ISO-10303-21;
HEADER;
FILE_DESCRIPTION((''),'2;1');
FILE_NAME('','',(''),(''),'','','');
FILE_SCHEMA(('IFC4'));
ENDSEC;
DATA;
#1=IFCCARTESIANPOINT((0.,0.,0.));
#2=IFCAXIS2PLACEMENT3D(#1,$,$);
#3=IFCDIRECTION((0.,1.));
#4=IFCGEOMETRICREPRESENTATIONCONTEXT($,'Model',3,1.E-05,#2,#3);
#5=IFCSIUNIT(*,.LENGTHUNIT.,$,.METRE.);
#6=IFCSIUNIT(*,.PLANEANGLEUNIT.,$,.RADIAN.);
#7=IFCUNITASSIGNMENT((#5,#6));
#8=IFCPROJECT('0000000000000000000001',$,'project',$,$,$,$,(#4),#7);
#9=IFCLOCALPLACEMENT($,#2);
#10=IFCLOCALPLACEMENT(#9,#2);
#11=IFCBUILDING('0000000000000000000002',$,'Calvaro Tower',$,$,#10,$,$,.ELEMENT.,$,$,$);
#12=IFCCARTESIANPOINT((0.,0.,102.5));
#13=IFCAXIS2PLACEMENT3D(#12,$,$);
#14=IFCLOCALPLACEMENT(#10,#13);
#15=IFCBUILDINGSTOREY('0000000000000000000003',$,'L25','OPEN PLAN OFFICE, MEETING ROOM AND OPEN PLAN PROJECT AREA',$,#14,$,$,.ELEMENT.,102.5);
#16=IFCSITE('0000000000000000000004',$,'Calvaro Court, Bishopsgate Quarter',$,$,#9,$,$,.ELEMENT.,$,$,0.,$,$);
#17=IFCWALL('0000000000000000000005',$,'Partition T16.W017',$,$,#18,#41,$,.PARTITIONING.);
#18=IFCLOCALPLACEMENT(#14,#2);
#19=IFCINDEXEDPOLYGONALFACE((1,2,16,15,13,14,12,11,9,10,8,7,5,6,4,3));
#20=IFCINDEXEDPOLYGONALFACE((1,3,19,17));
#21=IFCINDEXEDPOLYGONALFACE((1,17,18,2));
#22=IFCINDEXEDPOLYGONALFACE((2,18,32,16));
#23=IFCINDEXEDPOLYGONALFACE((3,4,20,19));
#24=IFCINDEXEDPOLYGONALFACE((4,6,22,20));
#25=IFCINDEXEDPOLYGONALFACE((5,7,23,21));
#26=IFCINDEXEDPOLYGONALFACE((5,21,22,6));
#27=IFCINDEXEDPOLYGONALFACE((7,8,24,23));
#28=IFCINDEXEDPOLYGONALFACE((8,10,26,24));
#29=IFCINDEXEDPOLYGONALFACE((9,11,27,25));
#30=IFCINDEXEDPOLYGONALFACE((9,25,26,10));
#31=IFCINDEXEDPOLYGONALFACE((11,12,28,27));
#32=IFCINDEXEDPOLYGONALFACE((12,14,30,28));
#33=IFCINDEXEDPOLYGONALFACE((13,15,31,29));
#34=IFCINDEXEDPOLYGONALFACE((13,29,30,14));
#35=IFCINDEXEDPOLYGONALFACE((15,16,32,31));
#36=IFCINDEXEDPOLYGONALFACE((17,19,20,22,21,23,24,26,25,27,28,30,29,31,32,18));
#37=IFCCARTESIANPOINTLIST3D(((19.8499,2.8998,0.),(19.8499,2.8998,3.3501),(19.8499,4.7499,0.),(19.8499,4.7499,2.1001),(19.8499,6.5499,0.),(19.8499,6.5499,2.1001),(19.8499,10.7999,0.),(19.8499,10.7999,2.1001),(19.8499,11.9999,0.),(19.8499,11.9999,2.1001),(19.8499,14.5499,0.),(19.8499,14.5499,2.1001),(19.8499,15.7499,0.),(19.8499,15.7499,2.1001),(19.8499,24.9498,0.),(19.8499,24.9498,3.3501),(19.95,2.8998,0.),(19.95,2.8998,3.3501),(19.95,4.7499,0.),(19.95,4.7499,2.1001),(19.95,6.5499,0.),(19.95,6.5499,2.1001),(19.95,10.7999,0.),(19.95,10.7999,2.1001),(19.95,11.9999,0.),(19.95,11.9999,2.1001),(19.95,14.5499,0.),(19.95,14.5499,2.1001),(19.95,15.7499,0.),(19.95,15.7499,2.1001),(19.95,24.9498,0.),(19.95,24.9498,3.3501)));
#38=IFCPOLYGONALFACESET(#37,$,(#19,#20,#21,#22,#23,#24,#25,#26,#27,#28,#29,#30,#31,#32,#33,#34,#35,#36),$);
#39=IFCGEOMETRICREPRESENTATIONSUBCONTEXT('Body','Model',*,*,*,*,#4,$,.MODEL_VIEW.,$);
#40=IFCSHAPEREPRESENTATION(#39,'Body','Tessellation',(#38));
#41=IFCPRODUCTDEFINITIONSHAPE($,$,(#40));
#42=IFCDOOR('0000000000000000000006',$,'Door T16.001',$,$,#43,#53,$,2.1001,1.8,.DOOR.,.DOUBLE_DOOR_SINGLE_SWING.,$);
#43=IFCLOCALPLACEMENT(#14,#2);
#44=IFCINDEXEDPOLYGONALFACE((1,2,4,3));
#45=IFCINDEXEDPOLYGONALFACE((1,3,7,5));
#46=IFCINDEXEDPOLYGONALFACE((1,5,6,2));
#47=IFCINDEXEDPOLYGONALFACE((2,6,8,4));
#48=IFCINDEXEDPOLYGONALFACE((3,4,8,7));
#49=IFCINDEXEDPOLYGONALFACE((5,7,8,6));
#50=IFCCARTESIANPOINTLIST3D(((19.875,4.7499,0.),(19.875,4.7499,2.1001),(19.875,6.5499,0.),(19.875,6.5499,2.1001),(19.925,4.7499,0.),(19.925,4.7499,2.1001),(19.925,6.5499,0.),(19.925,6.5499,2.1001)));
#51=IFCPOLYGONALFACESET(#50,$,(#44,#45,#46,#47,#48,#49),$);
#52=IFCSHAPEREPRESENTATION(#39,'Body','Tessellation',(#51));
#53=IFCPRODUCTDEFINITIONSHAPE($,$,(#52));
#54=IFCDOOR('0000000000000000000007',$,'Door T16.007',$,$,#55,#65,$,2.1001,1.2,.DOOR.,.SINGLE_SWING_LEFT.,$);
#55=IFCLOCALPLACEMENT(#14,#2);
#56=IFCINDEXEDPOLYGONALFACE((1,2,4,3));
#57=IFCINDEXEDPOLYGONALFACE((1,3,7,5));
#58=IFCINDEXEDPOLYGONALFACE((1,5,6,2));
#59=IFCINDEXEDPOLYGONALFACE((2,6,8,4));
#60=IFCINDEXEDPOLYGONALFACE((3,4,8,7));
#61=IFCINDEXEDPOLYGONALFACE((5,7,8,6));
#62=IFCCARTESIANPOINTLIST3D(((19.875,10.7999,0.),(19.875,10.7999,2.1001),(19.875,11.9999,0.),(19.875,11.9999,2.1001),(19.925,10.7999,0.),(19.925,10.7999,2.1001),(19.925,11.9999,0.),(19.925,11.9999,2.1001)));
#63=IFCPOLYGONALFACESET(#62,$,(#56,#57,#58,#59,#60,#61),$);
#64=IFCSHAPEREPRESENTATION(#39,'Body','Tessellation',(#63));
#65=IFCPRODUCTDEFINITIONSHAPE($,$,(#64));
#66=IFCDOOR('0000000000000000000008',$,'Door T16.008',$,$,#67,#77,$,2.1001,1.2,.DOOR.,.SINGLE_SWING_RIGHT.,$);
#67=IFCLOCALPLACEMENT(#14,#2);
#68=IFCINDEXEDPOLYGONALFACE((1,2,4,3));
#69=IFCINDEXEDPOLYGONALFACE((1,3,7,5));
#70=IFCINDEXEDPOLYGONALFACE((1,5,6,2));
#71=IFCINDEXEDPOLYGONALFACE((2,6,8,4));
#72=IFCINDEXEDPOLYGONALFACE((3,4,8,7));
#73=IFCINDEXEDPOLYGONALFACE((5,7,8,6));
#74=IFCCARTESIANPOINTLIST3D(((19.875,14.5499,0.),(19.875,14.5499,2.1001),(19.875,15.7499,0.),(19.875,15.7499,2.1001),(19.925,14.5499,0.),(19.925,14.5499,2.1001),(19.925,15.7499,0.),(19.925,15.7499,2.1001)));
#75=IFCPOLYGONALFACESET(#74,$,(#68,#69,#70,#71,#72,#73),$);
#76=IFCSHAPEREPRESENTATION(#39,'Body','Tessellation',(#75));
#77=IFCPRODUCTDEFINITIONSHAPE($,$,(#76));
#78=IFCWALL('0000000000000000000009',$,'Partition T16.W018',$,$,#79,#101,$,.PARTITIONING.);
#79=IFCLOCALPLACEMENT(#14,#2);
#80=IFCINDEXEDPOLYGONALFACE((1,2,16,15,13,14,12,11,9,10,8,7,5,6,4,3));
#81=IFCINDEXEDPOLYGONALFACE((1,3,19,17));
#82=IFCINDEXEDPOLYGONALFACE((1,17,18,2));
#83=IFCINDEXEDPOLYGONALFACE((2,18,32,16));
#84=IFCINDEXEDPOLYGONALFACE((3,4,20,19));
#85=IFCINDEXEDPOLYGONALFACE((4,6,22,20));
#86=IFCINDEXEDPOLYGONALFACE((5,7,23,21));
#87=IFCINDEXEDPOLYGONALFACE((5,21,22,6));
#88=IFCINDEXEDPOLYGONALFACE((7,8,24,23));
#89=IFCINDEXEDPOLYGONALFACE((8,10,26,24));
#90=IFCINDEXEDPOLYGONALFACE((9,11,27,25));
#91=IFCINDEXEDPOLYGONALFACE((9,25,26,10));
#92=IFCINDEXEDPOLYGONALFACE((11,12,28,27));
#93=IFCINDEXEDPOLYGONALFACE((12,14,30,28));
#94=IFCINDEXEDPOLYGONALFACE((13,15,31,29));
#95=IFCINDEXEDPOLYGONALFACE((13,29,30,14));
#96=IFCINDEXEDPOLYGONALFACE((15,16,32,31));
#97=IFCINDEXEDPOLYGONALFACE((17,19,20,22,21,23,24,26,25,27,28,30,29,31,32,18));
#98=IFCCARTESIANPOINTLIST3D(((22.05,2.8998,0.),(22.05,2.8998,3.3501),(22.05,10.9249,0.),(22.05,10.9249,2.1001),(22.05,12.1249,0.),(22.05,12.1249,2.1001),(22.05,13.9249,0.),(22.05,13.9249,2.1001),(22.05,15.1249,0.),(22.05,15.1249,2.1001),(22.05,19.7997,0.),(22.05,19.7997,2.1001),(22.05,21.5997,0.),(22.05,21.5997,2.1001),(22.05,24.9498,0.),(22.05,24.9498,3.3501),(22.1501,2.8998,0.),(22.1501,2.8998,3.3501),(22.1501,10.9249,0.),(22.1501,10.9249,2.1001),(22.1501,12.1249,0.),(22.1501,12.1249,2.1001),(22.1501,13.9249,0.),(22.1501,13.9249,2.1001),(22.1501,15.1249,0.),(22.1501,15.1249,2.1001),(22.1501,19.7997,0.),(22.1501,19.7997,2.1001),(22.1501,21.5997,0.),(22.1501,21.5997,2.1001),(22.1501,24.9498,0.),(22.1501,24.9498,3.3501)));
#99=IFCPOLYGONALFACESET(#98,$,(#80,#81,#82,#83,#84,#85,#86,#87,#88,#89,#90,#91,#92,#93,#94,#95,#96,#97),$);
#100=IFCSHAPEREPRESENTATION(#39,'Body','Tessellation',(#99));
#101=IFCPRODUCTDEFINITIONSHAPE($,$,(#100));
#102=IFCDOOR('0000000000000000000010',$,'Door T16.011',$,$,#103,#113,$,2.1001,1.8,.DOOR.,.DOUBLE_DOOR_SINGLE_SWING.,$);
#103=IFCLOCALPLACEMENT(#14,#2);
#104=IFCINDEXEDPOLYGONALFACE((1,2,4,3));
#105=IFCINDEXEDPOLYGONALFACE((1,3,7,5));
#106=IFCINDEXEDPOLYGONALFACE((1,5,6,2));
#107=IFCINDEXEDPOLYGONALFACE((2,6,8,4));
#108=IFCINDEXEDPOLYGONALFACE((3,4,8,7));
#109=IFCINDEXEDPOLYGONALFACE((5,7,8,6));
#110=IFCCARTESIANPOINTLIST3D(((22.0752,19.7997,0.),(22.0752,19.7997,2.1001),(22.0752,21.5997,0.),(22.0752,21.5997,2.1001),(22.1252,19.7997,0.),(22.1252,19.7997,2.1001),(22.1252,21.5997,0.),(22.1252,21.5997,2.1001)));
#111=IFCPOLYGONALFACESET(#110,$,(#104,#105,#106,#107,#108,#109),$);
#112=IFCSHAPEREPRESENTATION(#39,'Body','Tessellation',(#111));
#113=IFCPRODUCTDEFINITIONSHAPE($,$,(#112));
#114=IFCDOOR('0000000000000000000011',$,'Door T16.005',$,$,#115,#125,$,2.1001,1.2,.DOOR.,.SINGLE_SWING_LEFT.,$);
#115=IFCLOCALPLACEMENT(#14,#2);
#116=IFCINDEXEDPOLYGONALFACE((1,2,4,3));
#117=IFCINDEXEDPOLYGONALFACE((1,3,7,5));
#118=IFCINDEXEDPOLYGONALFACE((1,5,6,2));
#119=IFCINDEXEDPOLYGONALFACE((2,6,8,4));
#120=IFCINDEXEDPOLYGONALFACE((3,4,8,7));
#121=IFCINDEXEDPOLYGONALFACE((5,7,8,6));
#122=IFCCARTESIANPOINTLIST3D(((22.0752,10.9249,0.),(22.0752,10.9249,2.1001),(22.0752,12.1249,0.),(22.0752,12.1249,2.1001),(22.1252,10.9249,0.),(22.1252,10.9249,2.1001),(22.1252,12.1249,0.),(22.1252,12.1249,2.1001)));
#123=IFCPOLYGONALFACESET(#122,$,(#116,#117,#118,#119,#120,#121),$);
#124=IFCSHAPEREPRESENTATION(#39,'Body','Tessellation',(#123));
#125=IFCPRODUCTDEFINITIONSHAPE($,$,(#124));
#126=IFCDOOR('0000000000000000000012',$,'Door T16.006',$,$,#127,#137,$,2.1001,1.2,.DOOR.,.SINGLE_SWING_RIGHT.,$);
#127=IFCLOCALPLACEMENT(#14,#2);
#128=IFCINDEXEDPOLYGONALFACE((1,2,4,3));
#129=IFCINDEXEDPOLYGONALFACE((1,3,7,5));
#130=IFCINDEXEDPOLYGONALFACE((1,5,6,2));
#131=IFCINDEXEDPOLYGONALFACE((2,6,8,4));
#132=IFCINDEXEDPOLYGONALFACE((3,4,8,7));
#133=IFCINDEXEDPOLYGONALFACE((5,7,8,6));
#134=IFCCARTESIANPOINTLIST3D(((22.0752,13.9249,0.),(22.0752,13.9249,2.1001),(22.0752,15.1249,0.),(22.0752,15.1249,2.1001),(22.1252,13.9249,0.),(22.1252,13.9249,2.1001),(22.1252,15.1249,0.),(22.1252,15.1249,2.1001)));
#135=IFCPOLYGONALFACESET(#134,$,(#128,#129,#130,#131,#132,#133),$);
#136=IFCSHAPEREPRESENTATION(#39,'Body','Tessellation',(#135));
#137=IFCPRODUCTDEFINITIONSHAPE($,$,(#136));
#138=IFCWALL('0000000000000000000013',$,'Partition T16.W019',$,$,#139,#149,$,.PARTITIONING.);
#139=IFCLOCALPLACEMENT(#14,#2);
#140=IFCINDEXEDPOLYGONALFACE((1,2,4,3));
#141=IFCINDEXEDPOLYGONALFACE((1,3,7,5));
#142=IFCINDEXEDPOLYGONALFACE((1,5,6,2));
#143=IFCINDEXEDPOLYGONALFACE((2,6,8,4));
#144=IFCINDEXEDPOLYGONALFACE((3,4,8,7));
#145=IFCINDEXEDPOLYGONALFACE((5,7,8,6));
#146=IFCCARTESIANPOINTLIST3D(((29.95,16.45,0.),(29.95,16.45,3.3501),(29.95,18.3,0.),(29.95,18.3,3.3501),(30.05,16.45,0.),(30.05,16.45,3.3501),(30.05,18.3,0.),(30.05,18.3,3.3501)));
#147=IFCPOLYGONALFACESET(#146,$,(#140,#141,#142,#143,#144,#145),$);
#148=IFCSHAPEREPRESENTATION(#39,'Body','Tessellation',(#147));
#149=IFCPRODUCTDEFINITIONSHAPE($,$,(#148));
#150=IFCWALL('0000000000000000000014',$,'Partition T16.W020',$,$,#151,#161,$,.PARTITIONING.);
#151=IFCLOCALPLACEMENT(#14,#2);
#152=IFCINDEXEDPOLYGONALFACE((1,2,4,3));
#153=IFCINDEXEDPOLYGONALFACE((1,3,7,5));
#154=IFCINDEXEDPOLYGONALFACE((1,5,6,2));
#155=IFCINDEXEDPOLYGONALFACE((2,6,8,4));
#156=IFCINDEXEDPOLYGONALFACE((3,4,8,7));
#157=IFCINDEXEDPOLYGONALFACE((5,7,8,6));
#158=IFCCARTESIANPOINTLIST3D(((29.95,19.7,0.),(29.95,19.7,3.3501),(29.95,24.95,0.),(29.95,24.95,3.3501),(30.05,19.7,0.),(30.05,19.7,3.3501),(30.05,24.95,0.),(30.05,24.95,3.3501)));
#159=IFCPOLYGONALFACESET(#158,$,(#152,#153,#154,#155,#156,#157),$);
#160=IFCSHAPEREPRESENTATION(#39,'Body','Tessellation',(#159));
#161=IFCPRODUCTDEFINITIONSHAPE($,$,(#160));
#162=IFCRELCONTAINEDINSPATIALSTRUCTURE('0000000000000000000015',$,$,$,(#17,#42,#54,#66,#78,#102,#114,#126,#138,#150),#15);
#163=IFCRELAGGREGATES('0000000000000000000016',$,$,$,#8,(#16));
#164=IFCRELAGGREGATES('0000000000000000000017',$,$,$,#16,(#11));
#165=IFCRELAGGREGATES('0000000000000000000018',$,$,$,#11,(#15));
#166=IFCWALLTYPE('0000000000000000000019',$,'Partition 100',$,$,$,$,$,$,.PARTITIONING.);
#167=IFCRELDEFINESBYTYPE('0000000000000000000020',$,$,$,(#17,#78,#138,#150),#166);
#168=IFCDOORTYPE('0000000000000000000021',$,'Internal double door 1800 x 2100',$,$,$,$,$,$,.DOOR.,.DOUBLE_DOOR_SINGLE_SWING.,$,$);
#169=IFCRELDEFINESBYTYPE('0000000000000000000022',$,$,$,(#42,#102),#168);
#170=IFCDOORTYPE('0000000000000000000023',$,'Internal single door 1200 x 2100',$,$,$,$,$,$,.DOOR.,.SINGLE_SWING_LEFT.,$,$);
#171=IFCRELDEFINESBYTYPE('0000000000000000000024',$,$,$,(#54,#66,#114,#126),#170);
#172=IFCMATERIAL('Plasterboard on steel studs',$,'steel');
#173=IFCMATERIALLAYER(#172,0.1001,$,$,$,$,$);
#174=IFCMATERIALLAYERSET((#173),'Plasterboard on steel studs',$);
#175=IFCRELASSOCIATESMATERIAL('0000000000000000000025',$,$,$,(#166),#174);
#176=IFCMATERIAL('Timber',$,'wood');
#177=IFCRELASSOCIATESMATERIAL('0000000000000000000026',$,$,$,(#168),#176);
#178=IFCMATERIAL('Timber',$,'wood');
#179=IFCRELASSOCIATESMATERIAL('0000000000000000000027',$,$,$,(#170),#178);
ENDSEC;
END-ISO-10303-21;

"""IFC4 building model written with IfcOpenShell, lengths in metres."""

from ifc_helpers import new_model, si_unit, direction, frame, frame_2d, origin, place, context, subcontext, project, spatial, rectangle, extrude, material, layer, layer_set, type_object, element, fill, save


model = new_model("IFC4")

# Units and contexts
model_context = context("Model", 3, precision=1e-05, world=origin(), true_north=direction((0.0, 1.0)))
body_context = subcontext(model_context, "Body", "Model", "MODEL_VIEW")
ifc_project = project(units=[si_unit("LENGTHUNIT", "METRE"), si_unit("PLANEANGLEUNIT", "RADIAN")], contexts=[model_context])

# Site, building, storey
site_placement = place(None, origin())
site = spatial("IfcSite", under=ifc_project, at=site_placement, Name="Calvaro Court, Bishopsgate Quarter", CompositionType="ELEMENT", RefElevation=0.0)
building_placement = place(site_placement, origin())
building = spatial("IfcBuilding", under=site, at=building_placement, Name="Calvaro Tower", CompositionType="ELEMENT")
storey_placement = place(building_placement, frame((0.0, 0.0, 102.5)))
storey = spatial("IfcBuildingStorey", under=building, at=storey_placement, Name="L25", Description="OPEN PLAN OFFICE, MEETING ROOM AND OPEN PLAN PROJECT AREA", CompositionType="ELEMENT", Elevation=102.5)

# Shared definitions
ifc_material_1 = material(Name="Plasterboard on steel studs", Category="steel")
ifc_layer_1 = layer(ifc_material_1, 0.1001)
ifc_layer_set_1 = layer_set([ifc_layer_1], Name="Plasterboard on steel studs")
wall_type_1 = type_object("IfcWallType", Name="Partition 100", PredefinedType="PARTITIONING", material=ifc_layer_set_1)

# Walls, openings, doors
wall_1_placement = place(storey_placement, frame((19.8999, 2.8999, 0.0), z_axis=(0.0, 0.0, 1.0), x_axis=(0.0, 1.0, 0.0)))
wall_1 = element("IfcWall", 1, at=wall_1_placement, inside=storey, type_object=wall_type_1, Name="Partition T16.W017", PredefinedType="PARTITIONING", context=body_context, shape_type="SweptSolid", body=[
    extrude(rectangle(XDim=22.05, YDim=0.1001, at=frame_2d((11.0249, 0.0))), origin(), (0.0, 0.0, 1.0), 3.3501),
])
opening_1_placement = place(wall_1_placement, frame((1.8501, 0.0, 0.0)))
opening_1 = element("IfcOpeningElement", 2, at=opening_1_placement, cuts=wall_1, PredefinedType="OPENING", context=body_context, shape_type="SweptSolid", body=[
    extrude(rectangle(XDim=1.8, YDim=2.1001, at=frame_2d((0.8999, 1.05))), frame((0.0, 0.0601, 0.0), z_axis=(0.0, -1.0, 0.0), x_axis=(1.0, 0.0, 0.0)), (0.0, 0.0, 1.0), 0.1201),
])
opening_2_placement = place(wall_1_placement, frame((7.8999, 0.0, 0.0)))
opening_2 = element("IfcOpeningElement", 3, at=opening_2_placement, cuts=wall_1, PredefinedType="OPENING", context=body_context, shape_type="SweptSolid", body=[
    extrude(rectangle(XDim=1.2, YDim=2.1001, at=frame_2d((0.6001, 1.05))), frame((0.0, 0.0601, 0.0), z_axis=(0.0, -1.0, 0.0), x_axis=(1.0, 0.0, 0.0)), (0.0, 0.0, 1.0), 0.1201),
])
opening_3_placement = place(wall_1_placement, frame((11.6499, 0.0, 0.0)))
opening_3 = element("IfcOpeningElement", 4, at=opening_3_placement, cuts=wall_1, PredefinedType="OPENING", context=body_context, shape_type="SweptSolid", body=[
    extrude(rectangle(XDim=1.2, YDim=2.1001, at=frame_2d((0.6001, 1.05))), frame((0.0, 0.0601, 0.0), z_axis=(0.0, -1.0, 0.0), x_axis=(1.0, 0.0, 0.0)), (0.0, 0.0, 1.0), 0.1201),
])
ifc_material_2 = material(Name="Timber", Category="wood")
door_type_1 = type_object("IfcDoorType", Name="Internal double door 1800 x 2100", OperationType="DOUBLE_DOOR_SINGLE_SWING", PredefinedType="DOOR", material=ifc_material_2)
door_1_placement = place(opening_1_placement, origin())
door_1 = element("IfcDoor", 5, at=door_1_placement, inside=storey, type_object=door_type_1, Name="Door T16.001", OperationType="DOUBLE_DOOR_SINGLE_SWING", OverallHeight=2.1001, OverallWidth=1.8, PredefinedType="DOOR", context=body_context, shape_type="SweptSolid", body=[
    extrude(rectangle(XDim=1.8, YDim=2.1001, at=frame_2d((0.8999, 1.05))), frame((0.0, 0.0249, 0.0), z_axis=(0.0, -1.0, 0.0), x_axis=(1.0, 0.0, 0.0)), (0.0, 0.0, 1.0), 0.05),
])
fill(opening_1, door_1)
ifc_material_3 = material(Name="Timber", Category="wood")
door_type_2 = type_object("IfcDoorType", Name="Internal single door 1200 x 2100", OperationType="SINGLE_SWING_LEFT", PredefinedType="DOOR", material=ifc_material_3)
door_2_placement = place(opening_2_placement, origin())
door_2 = element("IfcDoor", 6, at=door_2_placement, inside=storey, type_object=door_type_2, Name="Door T16.007", OperationType="SINGLE_SWING_LEFT", OverallHeight=2.1001, OverallWidth=1.2, PredefinedType="DOOR", context=body_context, shape_type="SweptSolid", body=[
    extrude(rectangle(XDim=1.2, YDim=2.1001, at=frame_2d((0.6001, 1.05))), frame((0.0, 0.0249, 0.0), z_axis=(0.0, -1.0, 0.0), x_axis=(1.0, 0.0, 0.0)), (0.0, 0.0, 1.0), 0.05),
])
fill(opening_2, door_2)
door_3_placement = place(opening_3_placement, origin())
door_3 = element("IfcDoor", 7, at=door_3_placement, inside=storey, type_object=door_type_2, Name="Door T16.008", OperationType="SINGLE_SWING_RIGHT", OverallHeight=2.1001, OverallWidth=1.2, PredefinedType="DOOR", context=body_context, shape_type="SweptSolid", body=[
    extrude(rectangle(XDim=1.2, YDim=2.1001, at=frame_2d((0.6001, 1.05))), frame((0.0, 0.0249, 0.0), z_axis=(0.0, -1.0, 0.0), x_axis=(1.0, 0.0, 0.0)), (0.0, 0.0, 1.0), 0.05),
])
fill(opening_3, door_3)
wall_2_placement = place(storey_placement, frame((22.1001, 2.8999, 0.0), z_axis=(0.0, 0.0, 1.0), x_axis=(0.0, 1.0, 0.0)))
wall_2 = element("IfcWall", 8, at=wall_2_placement, inside=storey, type_object=wall_type_1, Name="Partition T16.W018", PredefinedType="PARTITIONING", context=body_context, shape_type="SweptSolid", body=[
    extrude(rectangle(XDim=22.05, YDim=0.1001, at=frame_2d((11.0249, 0.0))), origin(), (0.0, 0.0, 1.0), 3.3501),
])
opening_4_placement = place(wall_2_placement, frame((8.0249, 0.0, 0.0)))
opening_4 = element("IfcOpeningElement", 9, at=opening_4_placement, cuts=wall_2, PredefinedType="OPENING", context=body_context, shape_type="SweptSolid", body=[
    extrude(rectangle(XDim=1.2, YDim=2.1001, at=frame_2d((0.6001, 1.05))), frame((0.0, 0.0601, 0.0), z_axis=(0.0, -1.0, 0.0), x_axis=(1.0, 0.0, 0.0)), (0.0, 0.0, 1.0), 0.1201),
])
opening_5_placement = place(wall_2_placement, frame((11.0249, 0.0, 0.0)))
opening_5 = element("IfcOpeningElement", 10, at=opening_5_placement, cuts=wall_2, PredefinedType="OPENING", context=body_context, shape_type="SweptSolid", body=[
    extrude(rectangle(XDim=1.2, YDim=2.1001, at=frame_2d((0.6001, 1.05))), frame((0.0, 0.0601, 0.0), z_axis=(0.0, -1.0, 0.0), x_axis=(1.0, 0.0, 0.0)), (0.0, 0.0, 1.0), 0.1201),
])
opening_6_placement = place(wall_2_placement, frame((16.8999, 0.0, 0.0)))
opening_6 = element("IfcOpeningElement", 11, at=opening_6_placement, cuts=wall_2, PredefinedType="OPENING", context=body_context, shape_type="SweptSolid", body=[
    extrude(rectangle(XDim=1.8, YDim=2.1001, at=frame_2d((0.8999, 1.05))), frame((0.0, 0.0601, 0.0), z_axis=(0.0, -1.0, 0.0), x_axis=(1.0, 0.0, 0.0)), (0.0, 0.0, 1.0), 0.1201),
])
door_4_placement = place(opening_6_placement, origin())
door_4 = element("IfcDoor", 12, at=door_4_placement, inside=storey, type_object=door_type_1, Name="Door T16.011", OperationType="DOUBLE_DOOR_SINGLE_SWING", OverallHeight=2.1001, OverallWidth=1.8, PredefinedType="DOOR", context=body_context, shape_type="SweptSolid", body=[
    extrude(rectangle(XDim=1.8, YDim=2.1001, at=frame_2d((0.8999, 1.05))), frame((0.0, 0.0249, 0.0), z_axis=(0.0, -1.0, 0.0), x_axis=(1.0, 0.0, 0.0)), (0.0, 0.0, 1.0), 0.05),
])
fill(opening_6, door_4)
door_5_placement = place(opening_4_placement, origin())
door_5 = element("IfcDoor", 13, at=door_5_placement, inside=storey, type_object=door_type_2, Name="Door T16.005", OperationType="SINGLE_SWING_LEFT", OverallHeight=2.1001, OverallWidth=1.2, PredefinedType="DOOR", context=body_context, shape_type="SweptSolid", body=[
    extrude(rectangle(XDim=1.2, YDim=2.1001, at=frame_2d((0.6001, 1.05))), frame((0.0, 0.0249, 0.0), z_axis=(0.0, -1.0, 0.0), x_axis=(1.0, 0.0, 0.0)), (0.0, 0.0, 1.0), 0.05),
])
fill(opening_4, door_5)
door_6_placement = place(opening_5_placement, origin())
door_6 = element("IfcDoor", 14, at=door_6_placement, inside=storey, type_object=door_type_2, Name="Door T16.006", OperationType="SINGLE_SWING_RIGHT", OverallHeight=2.1001, OverallWidth=1.2, PredefinedType="DOOR", context=body_context, shape_type="SweptSolid", body=[
    extrude(rectangle(XDim=1.2, YDim=2.1001, at=frame_2d((0.6001, 1.05))), frame((0.0, 0.0249, 0.0), z_axis=(0.0, -1.0, 0.0), x_axis=(1.0, 0.0, 0.0)), (0.0, 0.0, 1.0), 0.05),
])
fill(opening_5, door_6)

# Walls
wall_3_placement = place(storey_placement, frame((30.0, 16.45, 0.0), z_axis=(0.0, 0.0, 1.0), x_axis=(0.0, 1.0, 0.0)))
element("IfcWall", 15, at=wall_3_placement, inside=storey, type_object=wall_type_1, Name="Partition T16.W019", PredefinedType="PARTITIONING", context=body_context, shape_type="SweptSolid", body=[
    extrude(rectangle(XDim=1.8501, YDim=0.1001, at=frame_2d((0.925, 0.0))), origin(), (0.0, 0.0, 1.0), 3.3501),
])
wall_4_placement = place(storey_placement, frame((30.0, 19.7, 0.0), z_axis=(0.0, 0.0, 1.0), x_axis=(0.0, 1.0, 0.0)))
element("IfcWall", 16, at=wall_4_placement, inside=storey, type_object=wall_type_1, Name="Partition T16.W020", PredefinedType="PARTITIONING", context=body_context, shape_type="SweptSolid", body=[
    extrude(rectangle(XDim=5.25, YDim=0.1001, at=frame_2d((2.625, 0.0))), origin(), (0.0, 0.0, 1.0), 3.3501),
])

save(model, "model.ifc")
